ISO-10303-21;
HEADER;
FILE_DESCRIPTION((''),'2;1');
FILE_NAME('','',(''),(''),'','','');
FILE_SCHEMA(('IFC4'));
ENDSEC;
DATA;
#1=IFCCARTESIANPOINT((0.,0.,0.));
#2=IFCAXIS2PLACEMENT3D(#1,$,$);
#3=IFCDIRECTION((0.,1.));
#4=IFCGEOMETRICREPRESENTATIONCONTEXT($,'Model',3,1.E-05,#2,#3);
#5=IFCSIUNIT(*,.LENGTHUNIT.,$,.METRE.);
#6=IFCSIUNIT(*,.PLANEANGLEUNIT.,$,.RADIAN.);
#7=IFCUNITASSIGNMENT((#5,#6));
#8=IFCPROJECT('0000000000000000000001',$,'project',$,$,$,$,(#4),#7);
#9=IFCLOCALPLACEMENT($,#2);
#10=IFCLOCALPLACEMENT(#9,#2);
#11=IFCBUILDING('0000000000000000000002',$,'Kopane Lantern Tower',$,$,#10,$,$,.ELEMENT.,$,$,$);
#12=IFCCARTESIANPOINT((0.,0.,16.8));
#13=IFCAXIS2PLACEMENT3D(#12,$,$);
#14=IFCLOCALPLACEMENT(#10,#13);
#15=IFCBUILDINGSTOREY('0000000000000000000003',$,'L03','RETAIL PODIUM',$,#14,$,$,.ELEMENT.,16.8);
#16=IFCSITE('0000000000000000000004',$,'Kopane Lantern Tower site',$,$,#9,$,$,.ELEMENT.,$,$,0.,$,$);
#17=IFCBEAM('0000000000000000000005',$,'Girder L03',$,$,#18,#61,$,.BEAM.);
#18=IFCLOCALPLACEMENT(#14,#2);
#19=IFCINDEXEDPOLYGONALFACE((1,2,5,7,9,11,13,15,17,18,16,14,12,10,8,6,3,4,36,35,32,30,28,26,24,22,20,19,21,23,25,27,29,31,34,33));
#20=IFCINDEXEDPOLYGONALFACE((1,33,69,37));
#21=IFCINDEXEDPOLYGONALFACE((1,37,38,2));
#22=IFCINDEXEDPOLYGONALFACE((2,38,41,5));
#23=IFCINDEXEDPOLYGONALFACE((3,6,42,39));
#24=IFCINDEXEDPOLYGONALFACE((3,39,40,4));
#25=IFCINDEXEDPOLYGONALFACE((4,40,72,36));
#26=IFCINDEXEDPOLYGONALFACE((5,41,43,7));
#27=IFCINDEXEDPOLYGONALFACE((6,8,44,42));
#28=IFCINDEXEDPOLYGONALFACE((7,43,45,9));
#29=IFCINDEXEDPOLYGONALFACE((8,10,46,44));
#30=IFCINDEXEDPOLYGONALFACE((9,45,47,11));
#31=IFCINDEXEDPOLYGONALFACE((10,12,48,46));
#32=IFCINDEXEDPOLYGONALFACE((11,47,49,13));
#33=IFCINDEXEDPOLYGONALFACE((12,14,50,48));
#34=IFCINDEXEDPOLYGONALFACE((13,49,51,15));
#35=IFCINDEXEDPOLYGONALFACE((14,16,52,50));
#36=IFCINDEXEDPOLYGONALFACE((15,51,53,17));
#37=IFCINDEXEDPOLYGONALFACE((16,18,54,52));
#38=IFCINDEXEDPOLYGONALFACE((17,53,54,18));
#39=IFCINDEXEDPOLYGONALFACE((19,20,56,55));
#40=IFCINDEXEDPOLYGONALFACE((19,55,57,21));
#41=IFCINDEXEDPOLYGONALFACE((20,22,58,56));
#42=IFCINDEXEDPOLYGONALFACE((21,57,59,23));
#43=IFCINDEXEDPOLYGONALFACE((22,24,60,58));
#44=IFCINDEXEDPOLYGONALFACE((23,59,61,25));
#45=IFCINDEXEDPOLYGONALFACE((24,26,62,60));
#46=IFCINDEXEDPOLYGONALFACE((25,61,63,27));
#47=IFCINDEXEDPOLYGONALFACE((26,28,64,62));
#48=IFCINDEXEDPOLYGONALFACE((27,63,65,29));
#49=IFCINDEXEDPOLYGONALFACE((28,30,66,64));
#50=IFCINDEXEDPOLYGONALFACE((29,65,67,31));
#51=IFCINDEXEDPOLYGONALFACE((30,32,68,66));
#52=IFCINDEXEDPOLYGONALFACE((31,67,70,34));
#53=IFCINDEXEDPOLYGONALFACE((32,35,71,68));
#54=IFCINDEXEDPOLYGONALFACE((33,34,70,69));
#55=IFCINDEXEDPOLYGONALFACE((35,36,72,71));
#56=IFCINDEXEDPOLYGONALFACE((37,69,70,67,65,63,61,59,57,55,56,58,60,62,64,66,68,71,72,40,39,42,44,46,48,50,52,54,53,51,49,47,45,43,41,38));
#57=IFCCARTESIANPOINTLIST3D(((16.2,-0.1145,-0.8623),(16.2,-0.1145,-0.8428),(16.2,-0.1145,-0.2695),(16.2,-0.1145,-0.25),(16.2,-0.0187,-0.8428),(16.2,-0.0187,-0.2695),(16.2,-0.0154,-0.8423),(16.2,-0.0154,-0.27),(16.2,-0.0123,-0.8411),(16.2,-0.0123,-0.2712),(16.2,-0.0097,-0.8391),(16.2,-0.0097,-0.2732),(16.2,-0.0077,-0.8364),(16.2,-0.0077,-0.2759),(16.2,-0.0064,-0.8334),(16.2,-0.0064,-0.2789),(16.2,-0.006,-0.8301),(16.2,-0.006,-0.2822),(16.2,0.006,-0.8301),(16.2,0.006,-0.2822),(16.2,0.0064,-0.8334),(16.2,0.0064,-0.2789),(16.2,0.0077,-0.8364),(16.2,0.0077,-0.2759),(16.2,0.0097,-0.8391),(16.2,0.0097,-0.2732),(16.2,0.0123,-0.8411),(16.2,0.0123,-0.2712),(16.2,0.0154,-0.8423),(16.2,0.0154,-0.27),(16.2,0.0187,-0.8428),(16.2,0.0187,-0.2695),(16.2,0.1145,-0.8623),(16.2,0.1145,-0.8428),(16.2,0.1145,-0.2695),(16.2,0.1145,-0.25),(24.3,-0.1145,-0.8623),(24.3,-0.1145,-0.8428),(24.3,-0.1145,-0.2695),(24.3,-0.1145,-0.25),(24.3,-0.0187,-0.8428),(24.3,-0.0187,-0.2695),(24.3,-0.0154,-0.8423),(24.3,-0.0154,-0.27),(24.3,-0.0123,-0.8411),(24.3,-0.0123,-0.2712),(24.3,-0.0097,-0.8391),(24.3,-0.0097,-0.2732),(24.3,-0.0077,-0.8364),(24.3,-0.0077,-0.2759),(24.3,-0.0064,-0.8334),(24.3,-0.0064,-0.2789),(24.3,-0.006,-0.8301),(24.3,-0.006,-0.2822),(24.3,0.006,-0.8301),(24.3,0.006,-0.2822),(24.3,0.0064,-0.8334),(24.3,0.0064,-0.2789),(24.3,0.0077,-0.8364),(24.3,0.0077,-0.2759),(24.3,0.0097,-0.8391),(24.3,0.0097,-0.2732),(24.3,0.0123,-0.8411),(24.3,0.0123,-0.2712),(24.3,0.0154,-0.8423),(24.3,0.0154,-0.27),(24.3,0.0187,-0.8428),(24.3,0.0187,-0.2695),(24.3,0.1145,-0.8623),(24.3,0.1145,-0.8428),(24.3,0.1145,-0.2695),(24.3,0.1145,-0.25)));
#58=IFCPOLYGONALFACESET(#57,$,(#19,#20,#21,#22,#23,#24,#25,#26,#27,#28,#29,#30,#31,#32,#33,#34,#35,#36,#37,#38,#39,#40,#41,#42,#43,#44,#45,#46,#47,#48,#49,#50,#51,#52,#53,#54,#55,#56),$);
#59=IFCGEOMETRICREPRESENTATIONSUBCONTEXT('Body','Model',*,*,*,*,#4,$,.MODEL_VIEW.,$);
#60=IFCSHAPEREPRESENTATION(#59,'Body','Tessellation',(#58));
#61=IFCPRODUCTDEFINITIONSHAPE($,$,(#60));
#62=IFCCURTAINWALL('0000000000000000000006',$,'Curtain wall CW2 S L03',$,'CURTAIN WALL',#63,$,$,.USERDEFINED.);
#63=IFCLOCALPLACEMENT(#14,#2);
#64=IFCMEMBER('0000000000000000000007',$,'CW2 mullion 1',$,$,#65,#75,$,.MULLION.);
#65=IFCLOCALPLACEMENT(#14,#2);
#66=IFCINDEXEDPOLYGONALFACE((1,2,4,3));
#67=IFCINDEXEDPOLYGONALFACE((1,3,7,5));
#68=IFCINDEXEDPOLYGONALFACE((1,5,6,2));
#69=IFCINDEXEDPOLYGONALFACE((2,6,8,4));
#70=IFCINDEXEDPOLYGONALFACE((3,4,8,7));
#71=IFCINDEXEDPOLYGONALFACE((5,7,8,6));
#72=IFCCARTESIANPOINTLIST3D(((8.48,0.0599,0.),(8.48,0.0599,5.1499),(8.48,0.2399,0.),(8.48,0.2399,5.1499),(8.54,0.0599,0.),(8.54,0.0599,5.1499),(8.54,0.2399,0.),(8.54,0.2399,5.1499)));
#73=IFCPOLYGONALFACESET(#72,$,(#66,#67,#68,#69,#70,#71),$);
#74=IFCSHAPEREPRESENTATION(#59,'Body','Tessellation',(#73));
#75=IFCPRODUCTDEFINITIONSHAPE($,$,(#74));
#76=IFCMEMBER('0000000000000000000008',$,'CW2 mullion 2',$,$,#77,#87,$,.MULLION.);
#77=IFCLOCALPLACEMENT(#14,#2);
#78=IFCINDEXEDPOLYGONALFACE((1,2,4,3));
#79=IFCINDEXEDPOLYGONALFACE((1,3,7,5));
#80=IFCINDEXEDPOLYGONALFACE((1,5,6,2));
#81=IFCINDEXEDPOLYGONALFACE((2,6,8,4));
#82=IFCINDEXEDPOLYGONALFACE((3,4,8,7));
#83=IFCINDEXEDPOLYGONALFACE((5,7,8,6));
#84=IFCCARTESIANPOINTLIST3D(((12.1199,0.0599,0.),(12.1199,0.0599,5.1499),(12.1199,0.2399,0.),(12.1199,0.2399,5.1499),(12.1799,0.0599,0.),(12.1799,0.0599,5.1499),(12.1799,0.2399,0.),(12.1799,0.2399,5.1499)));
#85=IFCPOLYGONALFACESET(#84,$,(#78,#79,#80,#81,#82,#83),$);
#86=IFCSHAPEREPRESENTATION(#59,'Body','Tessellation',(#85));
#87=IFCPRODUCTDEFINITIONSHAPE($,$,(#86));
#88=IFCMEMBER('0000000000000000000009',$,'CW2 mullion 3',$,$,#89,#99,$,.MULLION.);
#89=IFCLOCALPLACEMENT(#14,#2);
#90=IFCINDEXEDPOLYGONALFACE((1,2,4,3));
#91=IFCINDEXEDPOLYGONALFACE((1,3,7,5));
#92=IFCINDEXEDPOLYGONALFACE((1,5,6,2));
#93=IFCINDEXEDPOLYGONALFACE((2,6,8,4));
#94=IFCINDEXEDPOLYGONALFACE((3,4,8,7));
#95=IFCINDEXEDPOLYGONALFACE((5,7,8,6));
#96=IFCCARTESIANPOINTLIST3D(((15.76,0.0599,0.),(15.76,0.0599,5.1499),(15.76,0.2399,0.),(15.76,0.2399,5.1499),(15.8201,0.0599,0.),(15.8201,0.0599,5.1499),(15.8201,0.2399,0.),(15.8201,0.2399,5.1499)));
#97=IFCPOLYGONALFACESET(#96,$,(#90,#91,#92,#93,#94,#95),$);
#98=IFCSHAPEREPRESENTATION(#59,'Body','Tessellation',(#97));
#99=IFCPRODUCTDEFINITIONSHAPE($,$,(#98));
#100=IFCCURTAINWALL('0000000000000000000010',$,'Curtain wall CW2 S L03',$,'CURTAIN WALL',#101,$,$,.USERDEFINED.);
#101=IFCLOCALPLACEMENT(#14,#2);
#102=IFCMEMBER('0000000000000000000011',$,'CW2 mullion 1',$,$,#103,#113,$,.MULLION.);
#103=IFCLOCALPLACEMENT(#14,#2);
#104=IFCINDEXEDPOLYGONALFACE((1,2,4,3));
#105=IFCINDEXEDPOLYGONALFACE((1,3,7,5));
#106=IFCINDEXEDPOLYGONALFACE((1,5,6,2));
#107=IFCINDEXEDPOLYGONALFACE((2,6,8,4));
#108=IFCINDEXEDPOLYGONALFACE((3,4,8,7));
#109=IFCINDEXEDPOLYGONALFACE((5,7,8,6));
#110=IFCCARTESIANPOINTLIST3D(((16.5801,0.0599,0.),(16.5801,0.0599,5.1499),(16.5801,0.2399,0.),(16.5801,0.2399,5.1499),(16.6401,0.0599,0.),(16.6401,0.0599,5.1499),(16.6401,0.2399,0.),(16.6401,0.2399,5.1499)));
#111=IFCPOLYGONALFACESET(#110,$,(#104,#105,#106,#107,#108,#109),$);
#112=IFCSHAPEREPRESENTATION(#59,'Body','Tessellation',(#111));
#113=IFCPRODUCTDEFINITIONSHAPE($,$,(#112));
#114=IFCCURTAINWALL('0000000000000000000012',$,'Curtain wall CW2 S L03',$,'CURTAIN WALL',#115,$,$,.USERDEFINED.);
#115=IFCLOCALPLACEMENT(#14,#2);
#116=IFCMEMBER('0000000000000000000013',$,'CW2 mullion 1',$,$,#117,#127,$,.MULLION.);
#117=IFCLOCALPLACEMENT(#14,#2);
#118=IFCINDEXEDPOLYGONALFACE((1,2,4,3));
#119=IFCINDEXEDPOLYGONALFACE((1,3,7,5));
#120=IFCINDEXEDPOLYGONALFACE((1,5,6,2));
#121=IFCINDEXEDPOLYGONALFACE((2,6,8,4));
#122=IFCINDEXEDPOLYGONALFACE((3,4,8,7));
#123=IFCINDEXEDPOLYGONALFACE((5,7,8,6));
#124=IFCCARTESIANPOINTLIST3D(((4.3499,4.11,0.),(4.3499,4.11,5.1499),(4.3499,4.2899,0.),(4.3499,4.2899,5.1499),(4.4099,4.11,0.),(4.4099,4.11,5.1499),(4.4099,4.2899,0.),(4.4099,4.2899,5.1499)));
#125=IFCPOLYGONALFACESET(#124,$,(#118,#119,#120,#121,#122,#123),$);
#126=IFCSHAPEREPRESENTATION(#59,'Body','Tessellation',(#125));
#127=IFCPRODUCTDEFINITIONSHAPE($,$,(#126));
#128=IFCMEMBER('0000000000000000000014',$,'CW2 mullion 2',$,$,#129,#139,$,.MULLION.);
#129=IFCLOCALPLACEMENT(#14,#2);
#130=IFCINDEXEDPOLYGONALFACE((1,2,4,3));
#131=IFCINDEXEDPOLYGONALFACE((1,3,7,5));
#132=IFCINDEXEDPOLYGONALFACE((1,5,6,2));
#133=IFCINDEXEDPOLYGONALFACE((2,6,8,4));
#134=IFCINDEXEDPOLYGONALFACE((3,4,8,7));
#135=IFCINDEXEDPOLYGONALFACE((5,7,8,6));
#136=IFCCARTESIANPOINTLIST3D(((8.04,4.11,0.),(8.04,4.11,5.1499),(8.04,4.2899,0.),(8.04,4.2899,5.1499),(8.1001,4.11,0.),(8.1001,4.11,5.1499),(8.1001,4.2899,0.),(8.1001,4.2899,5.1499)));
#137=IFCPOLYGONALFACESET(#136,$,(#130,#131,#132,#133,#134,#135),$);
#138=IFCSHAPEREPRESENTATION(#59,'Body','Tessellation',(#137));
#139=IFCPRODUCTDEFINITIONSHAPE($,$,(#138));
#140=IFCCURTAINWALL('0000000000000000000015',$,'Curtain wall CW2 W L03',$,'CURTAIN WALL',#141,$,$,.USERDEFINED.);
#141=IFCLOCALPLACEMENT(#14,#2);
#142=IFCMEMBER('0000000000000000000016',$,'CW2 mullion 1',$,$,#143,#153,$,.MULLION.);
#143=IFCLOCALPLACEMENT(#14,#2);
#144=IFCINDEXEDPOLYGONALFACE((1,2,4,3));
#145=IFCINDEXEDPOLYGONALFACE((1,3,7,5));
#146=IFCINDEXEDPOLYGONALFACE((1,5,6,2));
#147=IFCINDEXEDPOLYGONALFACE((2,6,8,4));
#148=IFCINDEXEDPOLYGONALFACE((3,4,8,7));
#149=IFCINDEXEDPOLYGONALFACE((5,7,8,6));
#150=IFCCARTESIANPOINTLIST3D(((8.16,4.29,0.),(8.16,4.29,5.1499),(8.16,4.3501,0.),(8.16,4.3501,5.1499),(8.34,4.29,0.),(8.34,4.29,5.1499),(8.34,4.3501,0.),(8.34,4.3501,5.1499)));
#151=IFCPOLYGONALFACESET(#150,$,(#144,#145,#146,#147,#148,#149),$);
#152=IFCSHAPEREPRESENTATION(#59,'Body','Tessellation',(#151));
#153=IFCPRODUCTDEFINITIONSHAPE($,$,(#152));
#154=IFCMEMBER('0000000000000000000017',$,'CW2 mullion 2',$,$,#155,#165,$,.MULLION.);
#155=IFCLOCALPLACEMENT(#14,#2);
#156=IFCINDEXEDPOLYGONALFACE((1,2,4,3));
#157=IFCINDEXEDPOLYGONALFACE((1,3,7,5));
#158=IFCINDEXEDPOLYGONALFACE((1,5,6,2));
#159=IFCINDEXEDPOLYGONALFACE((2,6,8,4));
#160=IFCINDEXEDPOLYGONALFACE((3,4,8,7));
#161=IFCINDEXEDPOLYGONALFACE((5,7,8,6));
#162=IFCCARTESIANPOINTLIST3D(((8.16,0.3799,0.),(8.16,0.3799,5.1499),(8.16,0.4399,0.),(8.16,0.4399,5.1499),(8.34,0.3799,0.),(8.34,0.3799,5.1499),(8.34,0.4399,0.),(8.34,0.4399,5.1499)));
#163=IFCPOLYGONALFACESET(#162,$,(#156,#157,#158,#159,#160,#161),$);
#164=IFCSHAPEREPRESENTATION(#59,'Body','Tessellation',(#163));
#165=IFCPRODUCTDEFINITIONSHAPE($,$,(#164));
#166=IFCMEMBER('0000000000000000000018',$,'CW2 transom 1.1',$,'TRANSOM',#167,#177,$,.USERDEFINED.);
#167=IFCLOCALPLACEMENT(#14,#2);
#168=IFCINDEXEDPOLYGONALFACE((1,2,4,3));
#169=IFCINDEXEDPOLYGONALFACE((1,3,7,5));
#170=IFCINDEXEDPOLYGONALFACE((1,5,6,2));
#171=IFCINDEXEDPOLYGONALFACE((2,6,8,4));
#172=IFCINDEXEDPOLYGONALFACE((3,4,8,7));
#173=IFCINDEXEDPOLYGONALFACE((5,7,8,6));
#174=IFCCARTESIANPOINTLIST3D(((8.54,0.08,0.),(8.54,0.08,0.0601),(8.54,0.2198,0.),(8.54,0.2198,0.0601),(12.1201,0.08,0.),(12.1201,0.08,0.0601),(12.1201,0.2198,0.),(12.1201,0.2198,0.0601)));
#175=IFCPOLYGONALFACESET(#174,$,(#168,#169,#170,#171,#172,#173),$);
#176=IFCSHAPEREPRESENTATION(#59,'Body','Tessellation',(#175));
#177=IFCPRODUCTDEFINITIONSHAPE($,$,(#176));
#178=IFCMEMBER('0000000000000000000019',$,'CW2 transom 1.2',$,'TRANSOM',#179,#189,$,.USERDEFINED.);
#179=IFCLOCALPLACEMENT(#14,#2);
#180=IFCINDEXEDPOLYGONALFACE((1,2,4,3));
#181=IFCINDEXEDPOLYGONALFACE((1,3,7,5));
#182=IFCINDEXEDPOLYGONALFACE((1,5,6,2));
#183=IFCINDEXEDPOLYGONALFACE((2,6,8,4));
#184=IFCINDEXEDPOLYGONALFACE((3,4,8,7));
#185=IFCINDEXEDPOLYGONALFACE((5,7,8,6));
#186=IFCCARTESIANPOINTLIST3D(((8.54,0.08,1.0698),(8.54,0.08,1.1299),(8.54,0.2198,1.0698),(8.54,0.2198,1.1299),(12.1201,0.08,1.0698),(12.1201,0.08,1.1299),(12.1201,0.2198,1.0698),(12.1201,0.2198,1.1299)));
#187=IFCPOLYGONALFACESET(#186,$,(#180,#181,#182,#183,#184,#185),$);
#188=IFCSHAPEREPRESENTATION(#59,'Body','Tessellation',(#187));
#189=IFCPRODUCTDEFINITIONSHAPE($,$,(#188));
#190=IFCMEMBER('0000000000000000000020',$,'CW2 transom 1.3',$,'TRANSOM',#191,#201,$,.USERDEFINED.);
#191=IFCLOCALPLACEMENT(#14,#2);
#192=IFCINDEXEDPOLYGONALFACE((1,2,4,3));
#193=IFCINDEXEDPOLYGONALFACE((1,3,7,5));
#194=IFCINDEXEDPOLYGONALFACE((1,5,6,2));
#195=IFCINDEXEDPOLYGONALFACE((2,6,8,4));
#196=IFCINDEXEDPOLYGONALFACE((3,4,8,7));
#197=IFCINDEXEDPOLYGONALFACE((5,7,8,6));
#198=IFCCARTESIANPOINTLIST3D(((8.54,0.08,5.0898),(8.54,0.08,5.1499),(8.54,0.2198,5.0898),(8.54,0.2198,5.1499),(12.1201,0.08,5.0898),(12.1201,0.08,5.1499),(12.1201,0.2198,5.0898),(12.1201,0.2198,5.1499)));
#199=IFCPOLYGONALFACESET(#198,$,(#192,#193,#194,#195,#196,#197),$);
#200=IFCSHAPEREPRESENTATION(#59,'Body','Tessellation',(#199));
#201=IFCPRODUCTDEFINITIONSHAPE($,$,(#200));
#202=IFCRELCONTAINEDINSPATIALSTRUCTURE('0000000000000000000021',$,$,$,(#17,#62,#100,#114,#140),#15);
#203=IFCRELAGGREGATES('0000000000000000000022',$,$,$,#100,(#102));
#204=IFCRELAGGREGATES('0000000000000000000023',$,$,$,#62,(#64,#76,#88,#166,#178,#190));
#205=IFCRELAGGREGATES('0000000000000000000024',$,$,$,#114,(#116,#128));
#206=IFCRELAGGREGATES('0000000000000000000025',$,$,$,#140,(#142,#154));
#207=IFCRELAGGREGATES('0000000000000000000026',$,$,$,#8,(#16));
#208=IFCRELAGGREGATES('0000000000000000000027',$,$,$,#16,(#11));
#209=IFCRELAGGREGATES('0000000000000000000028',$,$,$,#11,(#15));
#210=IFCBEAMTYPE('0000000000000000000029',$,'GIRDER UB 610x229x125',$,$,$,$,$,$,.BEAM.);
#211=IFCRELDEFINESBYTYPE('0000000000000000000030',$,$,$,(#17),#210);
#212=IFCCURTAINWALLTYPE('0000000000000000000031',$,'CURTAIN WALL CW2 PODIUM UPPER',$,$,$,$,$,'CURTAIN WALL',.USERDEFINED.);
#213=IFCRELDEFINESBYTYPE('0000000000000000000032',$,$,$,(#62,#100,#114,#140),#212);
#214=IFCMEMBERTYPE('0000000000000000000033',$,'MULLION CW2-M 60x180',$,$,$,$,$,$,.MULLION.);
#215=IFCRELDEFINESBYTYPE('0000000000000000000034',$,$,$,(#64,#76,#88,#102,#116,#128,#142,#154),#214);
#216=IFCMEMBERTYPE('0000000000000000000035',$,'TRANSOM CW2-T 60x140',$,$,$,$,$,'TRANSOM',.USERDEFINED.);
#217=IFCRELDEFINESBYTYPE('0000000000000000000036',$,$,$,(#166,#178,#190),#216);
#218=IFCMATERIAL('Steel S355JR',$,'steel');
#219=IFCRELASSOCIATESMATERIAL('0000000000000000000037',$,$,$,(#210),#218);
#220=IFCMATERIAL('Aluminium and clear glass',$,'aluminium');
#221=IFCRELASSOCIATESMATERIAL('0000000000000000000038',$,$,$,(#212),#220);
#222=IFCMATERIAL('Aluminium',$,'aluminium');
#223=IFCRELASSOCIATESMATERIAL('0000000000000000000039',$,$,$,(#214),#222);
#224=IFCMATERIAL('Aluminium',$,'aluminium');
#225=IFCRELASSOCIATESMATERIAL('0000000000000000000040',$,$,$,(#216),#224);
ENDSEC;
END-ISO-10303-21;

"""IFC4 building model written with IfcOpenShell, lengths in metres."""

from ifc_helpers import new_model, si_unit, direction, frame, origin, origin_2d, place, context, subcontext, project, spatial, rectangle, i_section, extrude, material, material_profile, profile_set, type_object, element, aggregate, save


model = new_model("IFC4")

# Units and contexts
model_context = context("Model", 3, precision=1e-05, world=origin(), true_north=direction((0.0, 1.0)))
body_context = subcontext(model_context, "Body", "Model", "MODEL_VIEW")
ifc_project = project(units=[si_unit("LENGTHUNIT", "METRE"), si_unit("PLANEANGLEUNIT", "RADIAN")], contexts=[model_context])

# Site, building, storey
site_placement = place(None, origin())
site = spatial("IfcSite", under=ifc_project, at=site_placement, Name="Kopane Lantern Tower site", CompositionType="ELEMENT", RefElevation=0.0)
building_placement = place(site_placement, origin())
building = spatial("IfcBuilding", under=site, at=building_placement, Name="Kopane Lantern Tower", CompositionType="ELEMENT")
storey_placement = place(building_placement, frame((0.0, 0.0, 16.8)))
storey = spatial("IfcBuildingStorey", under=building, at=storey_placement, Name="L03", Description="RETAIL PODIUM", CompositionType="ELEMENT", Elevation=16.8)

# Beam
ifc_material_1 = material(Name="Steel S355JR", Category="steel")
ifc_material_profile_1 = material_profile(ifc_material_1, i_section(OverallWidth=0.229, OverallDepth=0.6123, WebThickness=0.012, FlangeThickness=0.0195, FilletRadius=0.0127, at=origin_2d()), Name="UB 610x229x125")
ifc_profile_set_1 = profile_set([ifc_material_profile_1], Name="Steel S355JR")
beam_type = type_object("IfcBeamType", Name="GIRDER UB 610x229x125", PredefinedType="BEAM", material=ifc_profile_set_1)
for number, where, z_axis, x_axis, name in (
    (1, (16.2, 0.0, -0.5562), (1.0, 0.0, 0.0), (0.0, 1.0, 0.0), "Girder L03"),
):
    element("IfcBeam", number, at=place(storey_placement, frame(where, z_axis=z_axis, x_axis=x_axis)), inside=storey, type_object=beam_type, Name=name, PredefinedType="BEAM", context=body_context, shape_type="SweptSolid", body=[
        extrude(i_section(OverallWidth=0.229, OverallDepth=0.6123, WebThickness=0.012, FlangeThickness=0.0195, FilletRadius=0.0127, at=origin_2d()), origin(), (0.0, 0.0, 1.0), 8.1001),
    ])

# Curtain wall, members
ifc_material_2 = material(Name="Aluminium and clear glass", Category="aluminium")
curtain_wall_type = type_object("IfcCurtainWallType", Name="CURTAIN WALL CW2 PODIUM UPPER", ElementType="CURTAIN WALL", PredefinedType="USERDEFINED", material=ifc_material_2)
curtain_wall_1_placement = place(storey_placement, origin())
curtain_wall_1 = element("IfcCurtainWall", 2, at=curtain_wall_1_placement, inside=storey, type_object=curtain_wall_type, Name="Curtain wall CW2 S L03", ObjectType="CURTAIN WALL", PredefinedType="USERDEFINED")
ifc_material_3 = material(Name="Aluminium", Category="aluminium")
ifc_material_profile_2 = material_profile(ifc_material_3, rectangle(XDim=0.0601, YDim=0.1799, at=origin_2d()), Name="AL 60x180")
ifc_profile_set_2 = profile_set([ifc_material_profile_2], Name="Aluminium")
member_type_1 = type_object("IfcMemberType", Name="MULLION CW2-M 60x180", PredefinedType="MULLION", material=ifc_profile_set_2)
member_1_placement = place(storey_placement, frame((8.51, 0.1499, 0.0), z_axis=(0.0, 0.0, 1.0), x_axis=(1.0, 0.0, 0.0)))
member_1 = element("IfcMember", 3, at=member_1_placement, type_object=member_type_1, Name="CW2 mullion 1", PredefinedType="MULLION", context=body_context, shape_type="SweptSolid", body=[
    extrude(rectangle(XDim=0.0601, YDim=0.1799, at=origin_2d()), origin(), (0.0, 0.0, 1.0), 5.1499),
])
member_2_placement = place(storey_placement, frame((12.1499, 0.1499, 0.0), z_axis=(0.0, 0.0, 1.0), x_axis=(1.0, 0.0, 0.0)))
member_2 = element("IfcMember", 4, at=member_2_placement, type_object=member_type_1, Name="CW2 mullion 2", PredefinedType="MULLION", context=body_context, shape_type="SweptSolid", body=[
    extrude(rectangle(XDim=0.0601, YDim=0.1799, at=origin_2d()), origin(), (0.0, 0.0, 1.0), 5.1499),
])
member_3_placement = place(storey_placement, frame((15.79, 0.1499, 0.0), z_axis=(0.0, 0.0, 1.0), x_axis=(1.0, 0.0, 0.0)))
member_3 = element("IfcMember", 5, at=member_3_placement, type_object=member_type_1, Name="CW2 mullion 3", PredefinedType="MULLION", context=body_context, shape_type="SweptSolid", body=[
    extrude(rectangle(XDim=0.0601, YDim=0.1799, at=origin_2d()), origin(), (0.0, 0.0, 1.0), 5.1499),
])

# Curtain wall, member
curtain_wall_2_placement = place(storey_placement, origin())
curtain_wall_2 = element("IfcCurtainWall", 6, at=curtain_wall_2_placement, inside=storey, type_object=curtain_wall_type, Name="Curtain wall CW2 S L03", ObjectType="CURTAIN WALL", PredefinedType="USERDEFINED")
member_4_placement = place(storey_placement, frame((16.6101, 0.1499, 0.0), z_axis=(0.0, 0.0, 1.0), x_axis=(1.0, 0.0, 0.0)))
member_4 = element("IfcMember", 7, at=member_4_placement, type_object=member_type_1, Name="CW2 mullion 1", PredefinedType="MULLION", context=body_context, shape_type="SweptSolid", body=[
    extrude(rectangle(XDim=0.0601, YDim=0.1799, at=origin_2d()), origin(), (0.0, 0.0, 1.0), 5.1499),
])

# Curtain walls, members
curtain_wall_3_placement = place(storey_placement, origin())
curtain_wall_3 = element("IfcCurtainWall", 8, at=curtain_wall_3_placement, inside=storey, type_object=curtain_wall_type, Name="Curtain wall CW2 S L03", ObjectType="CURTAIN WALL", PredefinedType="USERDEFINED")
member_5_placement = place(storey_placement, frame((4.3799, 4.2, 0.0), z_axis=(0.0, 0.0, 1.0), x_axis=(1.0, 0.0, 0.0)))
member_5 = element("IfcMember", 9, at=member_5_placement, type_object=member_type_1, Name="CW2 mullion 1", PredefinedType="MULLION", context=body_context, shape_type="SweptSolid", body=[
    extrude(rectangle(XDim=0.0601, YDim=0.1799, at=origin_2d()), origin(), (0.0, 0.0, 1.0), 5.1499),
])
member_6_placement = place(storey_placement, frame((8.0701, 4.2, 0.0), z_axis=(0.0, 0.0, 1.0), x_axis=(1.0, 0.0, 0.0)))
member_6 = element("IfcMember", 10, at=member_6_placement, type_object=member_type_1, Name="CW2 mullion 2", PredefinedType="MULLION", context=body_context, shape_type="SweptSolid", body=[
    extrude(rectangle(XDim=0.0601, YDim=0.1799, at=origin_2d()), origin(), (0.0, 0.0, 1.0), 5.1499),
])
curtain_wall_4_placement = place(storey_placement, origin())
curtain_wall_4 = element("IfcCurtainWall", 11, at=curtain_wall_4_placement, inside=storey, type_object=curtain_wall_type, Name="Curtain wall CW2 W L03", ObjectType="CURTAIN WALL", PredefinedType="USERDEFINED")
member_7_placement = place(storey_placement, frame((8.25, 4.3201, 0.0), z_axis=(0.0, 0.0, 1.0), x_axis=(0.0, -1.0, 0.0)))
member_7 = element("IfcMember", 12, at=member_7_placement, type_object=member_type_1, Name="CW2 mullion 1", PredefinedType="MULLION", context=body_context, shape_type="SweptSolid", body=[
    extrude(rectangle(XDim=0.0601, YDim=0.1799, at=origin_2d()), origin(), (0.0, 0.0, 1.0), 5.1499),
])
member_8_placement = place(storey_placement, frame((8.25, 0.4099, 0.0), z_axis=(0.0, 0.0, 1.0), x_axis=(0.0, -1.0, 0.0)))
member_8 = element("IfcMember", 13, at=member_8_placement, type_object=member_type_1, Name="CW2 mullion 2", PredefinedType="MULLION", context=body_context, shape_type="SweptSolid", body=[
    extrude(rectangle(XDim=0.0601, YDim=0.1799, at=origin_2d()), origin(), (0.0, 0.0, 1.0), 5.1499),
])

# Members
ifc_material_4 = material(Name="Aluminium", Category="aluminium")
ifc_material_profile_3 = material_profile(ifc_material_4, rectangle(XDim=0.1399, YDim=0.0601, at=origin_2d()), Name="AL 140x60")
ifc_profile_set_3 = profile_set([ifc_material_profile_3], Name="Aluminium")
member_type_2 = type_object("IfcMemberType", Name="TRANSOM CW2-T 60x140", ElementType="TRANSOM", PredefinedType="USERDEFINED", material=ifc_profile_set_3)
member_9_placement = place(storey_placement, frame((8.54, 0.1499, 0.03), z_axis=(1.0, 0.0, 0.0), x_axis=(0.0, 1.0, 0.0)))
member_9 = element("IfcMember", 14, at=member_9_placement, type_object=member_type_2, Name="CW2 transom 1.1", ObjectType="TRANSOM", PredefinedType="USERDEFINED", context=body_context, shape_type="SweptSolid", body=[
    extrude(rectangle(XDim=0.1399, YDim=0.0601, at=origin_2d()), origin(), (0.0, 0.0, 1.0), 3.5801),
])
member_10_placement = place(storey_placement, frame((8.54, 0.1499, 1.0999), z_axis=(1.0, 0.0, 0.0), x_axis=(0.0, 1.0, 0.0)))
member_10 = element("IfcMember", 15, at=member_10_placement, type_object=member_type_2, Name="CW2 transom 1.2", ObjectType="TRANSOM", PredefinedType="USERDEFINED", context=body_context, shape_type="SweptSolid", body=[
    extrude(rectangle(XDim=0.1399, YDim=0.0601, at=origin_2d()), origin(), (0.0, 0.0, 1.0), 3.5801),
])
member_11_placement = place(storey_placement, frame((8.54, 0.1499, 5.1199), z_axis=(1.0, 0.0, 0.0), x_axis=(0.0, 1.0, 0.0)))
member_11 = element("IfcMember", 16, at=member_11_placement, type_object=member_type_2, Name="CW2 transom 1.3", ObjectType="TRANSOM", PredefinedType="USERDEFINED", context=body_context, shape_type="SweptSolid", body=[
    extrude(rectangle(XDim=0.1399, YDim=0.0601, at=origin_2d()), origin(), (0.0, 0.0, 1.0), 3.5801),
])
aggregate(curtain_wall_2, [member_4])

aggregate(curtain_wall_1, [member_1, member_2, member_3, member_9, member_10, member_11])
aggregate(curtain_wall_3, [member_5, member_6])
aggregate(curtain_wall_4, [member_7, member_8])

save(model, "model.ifc")
